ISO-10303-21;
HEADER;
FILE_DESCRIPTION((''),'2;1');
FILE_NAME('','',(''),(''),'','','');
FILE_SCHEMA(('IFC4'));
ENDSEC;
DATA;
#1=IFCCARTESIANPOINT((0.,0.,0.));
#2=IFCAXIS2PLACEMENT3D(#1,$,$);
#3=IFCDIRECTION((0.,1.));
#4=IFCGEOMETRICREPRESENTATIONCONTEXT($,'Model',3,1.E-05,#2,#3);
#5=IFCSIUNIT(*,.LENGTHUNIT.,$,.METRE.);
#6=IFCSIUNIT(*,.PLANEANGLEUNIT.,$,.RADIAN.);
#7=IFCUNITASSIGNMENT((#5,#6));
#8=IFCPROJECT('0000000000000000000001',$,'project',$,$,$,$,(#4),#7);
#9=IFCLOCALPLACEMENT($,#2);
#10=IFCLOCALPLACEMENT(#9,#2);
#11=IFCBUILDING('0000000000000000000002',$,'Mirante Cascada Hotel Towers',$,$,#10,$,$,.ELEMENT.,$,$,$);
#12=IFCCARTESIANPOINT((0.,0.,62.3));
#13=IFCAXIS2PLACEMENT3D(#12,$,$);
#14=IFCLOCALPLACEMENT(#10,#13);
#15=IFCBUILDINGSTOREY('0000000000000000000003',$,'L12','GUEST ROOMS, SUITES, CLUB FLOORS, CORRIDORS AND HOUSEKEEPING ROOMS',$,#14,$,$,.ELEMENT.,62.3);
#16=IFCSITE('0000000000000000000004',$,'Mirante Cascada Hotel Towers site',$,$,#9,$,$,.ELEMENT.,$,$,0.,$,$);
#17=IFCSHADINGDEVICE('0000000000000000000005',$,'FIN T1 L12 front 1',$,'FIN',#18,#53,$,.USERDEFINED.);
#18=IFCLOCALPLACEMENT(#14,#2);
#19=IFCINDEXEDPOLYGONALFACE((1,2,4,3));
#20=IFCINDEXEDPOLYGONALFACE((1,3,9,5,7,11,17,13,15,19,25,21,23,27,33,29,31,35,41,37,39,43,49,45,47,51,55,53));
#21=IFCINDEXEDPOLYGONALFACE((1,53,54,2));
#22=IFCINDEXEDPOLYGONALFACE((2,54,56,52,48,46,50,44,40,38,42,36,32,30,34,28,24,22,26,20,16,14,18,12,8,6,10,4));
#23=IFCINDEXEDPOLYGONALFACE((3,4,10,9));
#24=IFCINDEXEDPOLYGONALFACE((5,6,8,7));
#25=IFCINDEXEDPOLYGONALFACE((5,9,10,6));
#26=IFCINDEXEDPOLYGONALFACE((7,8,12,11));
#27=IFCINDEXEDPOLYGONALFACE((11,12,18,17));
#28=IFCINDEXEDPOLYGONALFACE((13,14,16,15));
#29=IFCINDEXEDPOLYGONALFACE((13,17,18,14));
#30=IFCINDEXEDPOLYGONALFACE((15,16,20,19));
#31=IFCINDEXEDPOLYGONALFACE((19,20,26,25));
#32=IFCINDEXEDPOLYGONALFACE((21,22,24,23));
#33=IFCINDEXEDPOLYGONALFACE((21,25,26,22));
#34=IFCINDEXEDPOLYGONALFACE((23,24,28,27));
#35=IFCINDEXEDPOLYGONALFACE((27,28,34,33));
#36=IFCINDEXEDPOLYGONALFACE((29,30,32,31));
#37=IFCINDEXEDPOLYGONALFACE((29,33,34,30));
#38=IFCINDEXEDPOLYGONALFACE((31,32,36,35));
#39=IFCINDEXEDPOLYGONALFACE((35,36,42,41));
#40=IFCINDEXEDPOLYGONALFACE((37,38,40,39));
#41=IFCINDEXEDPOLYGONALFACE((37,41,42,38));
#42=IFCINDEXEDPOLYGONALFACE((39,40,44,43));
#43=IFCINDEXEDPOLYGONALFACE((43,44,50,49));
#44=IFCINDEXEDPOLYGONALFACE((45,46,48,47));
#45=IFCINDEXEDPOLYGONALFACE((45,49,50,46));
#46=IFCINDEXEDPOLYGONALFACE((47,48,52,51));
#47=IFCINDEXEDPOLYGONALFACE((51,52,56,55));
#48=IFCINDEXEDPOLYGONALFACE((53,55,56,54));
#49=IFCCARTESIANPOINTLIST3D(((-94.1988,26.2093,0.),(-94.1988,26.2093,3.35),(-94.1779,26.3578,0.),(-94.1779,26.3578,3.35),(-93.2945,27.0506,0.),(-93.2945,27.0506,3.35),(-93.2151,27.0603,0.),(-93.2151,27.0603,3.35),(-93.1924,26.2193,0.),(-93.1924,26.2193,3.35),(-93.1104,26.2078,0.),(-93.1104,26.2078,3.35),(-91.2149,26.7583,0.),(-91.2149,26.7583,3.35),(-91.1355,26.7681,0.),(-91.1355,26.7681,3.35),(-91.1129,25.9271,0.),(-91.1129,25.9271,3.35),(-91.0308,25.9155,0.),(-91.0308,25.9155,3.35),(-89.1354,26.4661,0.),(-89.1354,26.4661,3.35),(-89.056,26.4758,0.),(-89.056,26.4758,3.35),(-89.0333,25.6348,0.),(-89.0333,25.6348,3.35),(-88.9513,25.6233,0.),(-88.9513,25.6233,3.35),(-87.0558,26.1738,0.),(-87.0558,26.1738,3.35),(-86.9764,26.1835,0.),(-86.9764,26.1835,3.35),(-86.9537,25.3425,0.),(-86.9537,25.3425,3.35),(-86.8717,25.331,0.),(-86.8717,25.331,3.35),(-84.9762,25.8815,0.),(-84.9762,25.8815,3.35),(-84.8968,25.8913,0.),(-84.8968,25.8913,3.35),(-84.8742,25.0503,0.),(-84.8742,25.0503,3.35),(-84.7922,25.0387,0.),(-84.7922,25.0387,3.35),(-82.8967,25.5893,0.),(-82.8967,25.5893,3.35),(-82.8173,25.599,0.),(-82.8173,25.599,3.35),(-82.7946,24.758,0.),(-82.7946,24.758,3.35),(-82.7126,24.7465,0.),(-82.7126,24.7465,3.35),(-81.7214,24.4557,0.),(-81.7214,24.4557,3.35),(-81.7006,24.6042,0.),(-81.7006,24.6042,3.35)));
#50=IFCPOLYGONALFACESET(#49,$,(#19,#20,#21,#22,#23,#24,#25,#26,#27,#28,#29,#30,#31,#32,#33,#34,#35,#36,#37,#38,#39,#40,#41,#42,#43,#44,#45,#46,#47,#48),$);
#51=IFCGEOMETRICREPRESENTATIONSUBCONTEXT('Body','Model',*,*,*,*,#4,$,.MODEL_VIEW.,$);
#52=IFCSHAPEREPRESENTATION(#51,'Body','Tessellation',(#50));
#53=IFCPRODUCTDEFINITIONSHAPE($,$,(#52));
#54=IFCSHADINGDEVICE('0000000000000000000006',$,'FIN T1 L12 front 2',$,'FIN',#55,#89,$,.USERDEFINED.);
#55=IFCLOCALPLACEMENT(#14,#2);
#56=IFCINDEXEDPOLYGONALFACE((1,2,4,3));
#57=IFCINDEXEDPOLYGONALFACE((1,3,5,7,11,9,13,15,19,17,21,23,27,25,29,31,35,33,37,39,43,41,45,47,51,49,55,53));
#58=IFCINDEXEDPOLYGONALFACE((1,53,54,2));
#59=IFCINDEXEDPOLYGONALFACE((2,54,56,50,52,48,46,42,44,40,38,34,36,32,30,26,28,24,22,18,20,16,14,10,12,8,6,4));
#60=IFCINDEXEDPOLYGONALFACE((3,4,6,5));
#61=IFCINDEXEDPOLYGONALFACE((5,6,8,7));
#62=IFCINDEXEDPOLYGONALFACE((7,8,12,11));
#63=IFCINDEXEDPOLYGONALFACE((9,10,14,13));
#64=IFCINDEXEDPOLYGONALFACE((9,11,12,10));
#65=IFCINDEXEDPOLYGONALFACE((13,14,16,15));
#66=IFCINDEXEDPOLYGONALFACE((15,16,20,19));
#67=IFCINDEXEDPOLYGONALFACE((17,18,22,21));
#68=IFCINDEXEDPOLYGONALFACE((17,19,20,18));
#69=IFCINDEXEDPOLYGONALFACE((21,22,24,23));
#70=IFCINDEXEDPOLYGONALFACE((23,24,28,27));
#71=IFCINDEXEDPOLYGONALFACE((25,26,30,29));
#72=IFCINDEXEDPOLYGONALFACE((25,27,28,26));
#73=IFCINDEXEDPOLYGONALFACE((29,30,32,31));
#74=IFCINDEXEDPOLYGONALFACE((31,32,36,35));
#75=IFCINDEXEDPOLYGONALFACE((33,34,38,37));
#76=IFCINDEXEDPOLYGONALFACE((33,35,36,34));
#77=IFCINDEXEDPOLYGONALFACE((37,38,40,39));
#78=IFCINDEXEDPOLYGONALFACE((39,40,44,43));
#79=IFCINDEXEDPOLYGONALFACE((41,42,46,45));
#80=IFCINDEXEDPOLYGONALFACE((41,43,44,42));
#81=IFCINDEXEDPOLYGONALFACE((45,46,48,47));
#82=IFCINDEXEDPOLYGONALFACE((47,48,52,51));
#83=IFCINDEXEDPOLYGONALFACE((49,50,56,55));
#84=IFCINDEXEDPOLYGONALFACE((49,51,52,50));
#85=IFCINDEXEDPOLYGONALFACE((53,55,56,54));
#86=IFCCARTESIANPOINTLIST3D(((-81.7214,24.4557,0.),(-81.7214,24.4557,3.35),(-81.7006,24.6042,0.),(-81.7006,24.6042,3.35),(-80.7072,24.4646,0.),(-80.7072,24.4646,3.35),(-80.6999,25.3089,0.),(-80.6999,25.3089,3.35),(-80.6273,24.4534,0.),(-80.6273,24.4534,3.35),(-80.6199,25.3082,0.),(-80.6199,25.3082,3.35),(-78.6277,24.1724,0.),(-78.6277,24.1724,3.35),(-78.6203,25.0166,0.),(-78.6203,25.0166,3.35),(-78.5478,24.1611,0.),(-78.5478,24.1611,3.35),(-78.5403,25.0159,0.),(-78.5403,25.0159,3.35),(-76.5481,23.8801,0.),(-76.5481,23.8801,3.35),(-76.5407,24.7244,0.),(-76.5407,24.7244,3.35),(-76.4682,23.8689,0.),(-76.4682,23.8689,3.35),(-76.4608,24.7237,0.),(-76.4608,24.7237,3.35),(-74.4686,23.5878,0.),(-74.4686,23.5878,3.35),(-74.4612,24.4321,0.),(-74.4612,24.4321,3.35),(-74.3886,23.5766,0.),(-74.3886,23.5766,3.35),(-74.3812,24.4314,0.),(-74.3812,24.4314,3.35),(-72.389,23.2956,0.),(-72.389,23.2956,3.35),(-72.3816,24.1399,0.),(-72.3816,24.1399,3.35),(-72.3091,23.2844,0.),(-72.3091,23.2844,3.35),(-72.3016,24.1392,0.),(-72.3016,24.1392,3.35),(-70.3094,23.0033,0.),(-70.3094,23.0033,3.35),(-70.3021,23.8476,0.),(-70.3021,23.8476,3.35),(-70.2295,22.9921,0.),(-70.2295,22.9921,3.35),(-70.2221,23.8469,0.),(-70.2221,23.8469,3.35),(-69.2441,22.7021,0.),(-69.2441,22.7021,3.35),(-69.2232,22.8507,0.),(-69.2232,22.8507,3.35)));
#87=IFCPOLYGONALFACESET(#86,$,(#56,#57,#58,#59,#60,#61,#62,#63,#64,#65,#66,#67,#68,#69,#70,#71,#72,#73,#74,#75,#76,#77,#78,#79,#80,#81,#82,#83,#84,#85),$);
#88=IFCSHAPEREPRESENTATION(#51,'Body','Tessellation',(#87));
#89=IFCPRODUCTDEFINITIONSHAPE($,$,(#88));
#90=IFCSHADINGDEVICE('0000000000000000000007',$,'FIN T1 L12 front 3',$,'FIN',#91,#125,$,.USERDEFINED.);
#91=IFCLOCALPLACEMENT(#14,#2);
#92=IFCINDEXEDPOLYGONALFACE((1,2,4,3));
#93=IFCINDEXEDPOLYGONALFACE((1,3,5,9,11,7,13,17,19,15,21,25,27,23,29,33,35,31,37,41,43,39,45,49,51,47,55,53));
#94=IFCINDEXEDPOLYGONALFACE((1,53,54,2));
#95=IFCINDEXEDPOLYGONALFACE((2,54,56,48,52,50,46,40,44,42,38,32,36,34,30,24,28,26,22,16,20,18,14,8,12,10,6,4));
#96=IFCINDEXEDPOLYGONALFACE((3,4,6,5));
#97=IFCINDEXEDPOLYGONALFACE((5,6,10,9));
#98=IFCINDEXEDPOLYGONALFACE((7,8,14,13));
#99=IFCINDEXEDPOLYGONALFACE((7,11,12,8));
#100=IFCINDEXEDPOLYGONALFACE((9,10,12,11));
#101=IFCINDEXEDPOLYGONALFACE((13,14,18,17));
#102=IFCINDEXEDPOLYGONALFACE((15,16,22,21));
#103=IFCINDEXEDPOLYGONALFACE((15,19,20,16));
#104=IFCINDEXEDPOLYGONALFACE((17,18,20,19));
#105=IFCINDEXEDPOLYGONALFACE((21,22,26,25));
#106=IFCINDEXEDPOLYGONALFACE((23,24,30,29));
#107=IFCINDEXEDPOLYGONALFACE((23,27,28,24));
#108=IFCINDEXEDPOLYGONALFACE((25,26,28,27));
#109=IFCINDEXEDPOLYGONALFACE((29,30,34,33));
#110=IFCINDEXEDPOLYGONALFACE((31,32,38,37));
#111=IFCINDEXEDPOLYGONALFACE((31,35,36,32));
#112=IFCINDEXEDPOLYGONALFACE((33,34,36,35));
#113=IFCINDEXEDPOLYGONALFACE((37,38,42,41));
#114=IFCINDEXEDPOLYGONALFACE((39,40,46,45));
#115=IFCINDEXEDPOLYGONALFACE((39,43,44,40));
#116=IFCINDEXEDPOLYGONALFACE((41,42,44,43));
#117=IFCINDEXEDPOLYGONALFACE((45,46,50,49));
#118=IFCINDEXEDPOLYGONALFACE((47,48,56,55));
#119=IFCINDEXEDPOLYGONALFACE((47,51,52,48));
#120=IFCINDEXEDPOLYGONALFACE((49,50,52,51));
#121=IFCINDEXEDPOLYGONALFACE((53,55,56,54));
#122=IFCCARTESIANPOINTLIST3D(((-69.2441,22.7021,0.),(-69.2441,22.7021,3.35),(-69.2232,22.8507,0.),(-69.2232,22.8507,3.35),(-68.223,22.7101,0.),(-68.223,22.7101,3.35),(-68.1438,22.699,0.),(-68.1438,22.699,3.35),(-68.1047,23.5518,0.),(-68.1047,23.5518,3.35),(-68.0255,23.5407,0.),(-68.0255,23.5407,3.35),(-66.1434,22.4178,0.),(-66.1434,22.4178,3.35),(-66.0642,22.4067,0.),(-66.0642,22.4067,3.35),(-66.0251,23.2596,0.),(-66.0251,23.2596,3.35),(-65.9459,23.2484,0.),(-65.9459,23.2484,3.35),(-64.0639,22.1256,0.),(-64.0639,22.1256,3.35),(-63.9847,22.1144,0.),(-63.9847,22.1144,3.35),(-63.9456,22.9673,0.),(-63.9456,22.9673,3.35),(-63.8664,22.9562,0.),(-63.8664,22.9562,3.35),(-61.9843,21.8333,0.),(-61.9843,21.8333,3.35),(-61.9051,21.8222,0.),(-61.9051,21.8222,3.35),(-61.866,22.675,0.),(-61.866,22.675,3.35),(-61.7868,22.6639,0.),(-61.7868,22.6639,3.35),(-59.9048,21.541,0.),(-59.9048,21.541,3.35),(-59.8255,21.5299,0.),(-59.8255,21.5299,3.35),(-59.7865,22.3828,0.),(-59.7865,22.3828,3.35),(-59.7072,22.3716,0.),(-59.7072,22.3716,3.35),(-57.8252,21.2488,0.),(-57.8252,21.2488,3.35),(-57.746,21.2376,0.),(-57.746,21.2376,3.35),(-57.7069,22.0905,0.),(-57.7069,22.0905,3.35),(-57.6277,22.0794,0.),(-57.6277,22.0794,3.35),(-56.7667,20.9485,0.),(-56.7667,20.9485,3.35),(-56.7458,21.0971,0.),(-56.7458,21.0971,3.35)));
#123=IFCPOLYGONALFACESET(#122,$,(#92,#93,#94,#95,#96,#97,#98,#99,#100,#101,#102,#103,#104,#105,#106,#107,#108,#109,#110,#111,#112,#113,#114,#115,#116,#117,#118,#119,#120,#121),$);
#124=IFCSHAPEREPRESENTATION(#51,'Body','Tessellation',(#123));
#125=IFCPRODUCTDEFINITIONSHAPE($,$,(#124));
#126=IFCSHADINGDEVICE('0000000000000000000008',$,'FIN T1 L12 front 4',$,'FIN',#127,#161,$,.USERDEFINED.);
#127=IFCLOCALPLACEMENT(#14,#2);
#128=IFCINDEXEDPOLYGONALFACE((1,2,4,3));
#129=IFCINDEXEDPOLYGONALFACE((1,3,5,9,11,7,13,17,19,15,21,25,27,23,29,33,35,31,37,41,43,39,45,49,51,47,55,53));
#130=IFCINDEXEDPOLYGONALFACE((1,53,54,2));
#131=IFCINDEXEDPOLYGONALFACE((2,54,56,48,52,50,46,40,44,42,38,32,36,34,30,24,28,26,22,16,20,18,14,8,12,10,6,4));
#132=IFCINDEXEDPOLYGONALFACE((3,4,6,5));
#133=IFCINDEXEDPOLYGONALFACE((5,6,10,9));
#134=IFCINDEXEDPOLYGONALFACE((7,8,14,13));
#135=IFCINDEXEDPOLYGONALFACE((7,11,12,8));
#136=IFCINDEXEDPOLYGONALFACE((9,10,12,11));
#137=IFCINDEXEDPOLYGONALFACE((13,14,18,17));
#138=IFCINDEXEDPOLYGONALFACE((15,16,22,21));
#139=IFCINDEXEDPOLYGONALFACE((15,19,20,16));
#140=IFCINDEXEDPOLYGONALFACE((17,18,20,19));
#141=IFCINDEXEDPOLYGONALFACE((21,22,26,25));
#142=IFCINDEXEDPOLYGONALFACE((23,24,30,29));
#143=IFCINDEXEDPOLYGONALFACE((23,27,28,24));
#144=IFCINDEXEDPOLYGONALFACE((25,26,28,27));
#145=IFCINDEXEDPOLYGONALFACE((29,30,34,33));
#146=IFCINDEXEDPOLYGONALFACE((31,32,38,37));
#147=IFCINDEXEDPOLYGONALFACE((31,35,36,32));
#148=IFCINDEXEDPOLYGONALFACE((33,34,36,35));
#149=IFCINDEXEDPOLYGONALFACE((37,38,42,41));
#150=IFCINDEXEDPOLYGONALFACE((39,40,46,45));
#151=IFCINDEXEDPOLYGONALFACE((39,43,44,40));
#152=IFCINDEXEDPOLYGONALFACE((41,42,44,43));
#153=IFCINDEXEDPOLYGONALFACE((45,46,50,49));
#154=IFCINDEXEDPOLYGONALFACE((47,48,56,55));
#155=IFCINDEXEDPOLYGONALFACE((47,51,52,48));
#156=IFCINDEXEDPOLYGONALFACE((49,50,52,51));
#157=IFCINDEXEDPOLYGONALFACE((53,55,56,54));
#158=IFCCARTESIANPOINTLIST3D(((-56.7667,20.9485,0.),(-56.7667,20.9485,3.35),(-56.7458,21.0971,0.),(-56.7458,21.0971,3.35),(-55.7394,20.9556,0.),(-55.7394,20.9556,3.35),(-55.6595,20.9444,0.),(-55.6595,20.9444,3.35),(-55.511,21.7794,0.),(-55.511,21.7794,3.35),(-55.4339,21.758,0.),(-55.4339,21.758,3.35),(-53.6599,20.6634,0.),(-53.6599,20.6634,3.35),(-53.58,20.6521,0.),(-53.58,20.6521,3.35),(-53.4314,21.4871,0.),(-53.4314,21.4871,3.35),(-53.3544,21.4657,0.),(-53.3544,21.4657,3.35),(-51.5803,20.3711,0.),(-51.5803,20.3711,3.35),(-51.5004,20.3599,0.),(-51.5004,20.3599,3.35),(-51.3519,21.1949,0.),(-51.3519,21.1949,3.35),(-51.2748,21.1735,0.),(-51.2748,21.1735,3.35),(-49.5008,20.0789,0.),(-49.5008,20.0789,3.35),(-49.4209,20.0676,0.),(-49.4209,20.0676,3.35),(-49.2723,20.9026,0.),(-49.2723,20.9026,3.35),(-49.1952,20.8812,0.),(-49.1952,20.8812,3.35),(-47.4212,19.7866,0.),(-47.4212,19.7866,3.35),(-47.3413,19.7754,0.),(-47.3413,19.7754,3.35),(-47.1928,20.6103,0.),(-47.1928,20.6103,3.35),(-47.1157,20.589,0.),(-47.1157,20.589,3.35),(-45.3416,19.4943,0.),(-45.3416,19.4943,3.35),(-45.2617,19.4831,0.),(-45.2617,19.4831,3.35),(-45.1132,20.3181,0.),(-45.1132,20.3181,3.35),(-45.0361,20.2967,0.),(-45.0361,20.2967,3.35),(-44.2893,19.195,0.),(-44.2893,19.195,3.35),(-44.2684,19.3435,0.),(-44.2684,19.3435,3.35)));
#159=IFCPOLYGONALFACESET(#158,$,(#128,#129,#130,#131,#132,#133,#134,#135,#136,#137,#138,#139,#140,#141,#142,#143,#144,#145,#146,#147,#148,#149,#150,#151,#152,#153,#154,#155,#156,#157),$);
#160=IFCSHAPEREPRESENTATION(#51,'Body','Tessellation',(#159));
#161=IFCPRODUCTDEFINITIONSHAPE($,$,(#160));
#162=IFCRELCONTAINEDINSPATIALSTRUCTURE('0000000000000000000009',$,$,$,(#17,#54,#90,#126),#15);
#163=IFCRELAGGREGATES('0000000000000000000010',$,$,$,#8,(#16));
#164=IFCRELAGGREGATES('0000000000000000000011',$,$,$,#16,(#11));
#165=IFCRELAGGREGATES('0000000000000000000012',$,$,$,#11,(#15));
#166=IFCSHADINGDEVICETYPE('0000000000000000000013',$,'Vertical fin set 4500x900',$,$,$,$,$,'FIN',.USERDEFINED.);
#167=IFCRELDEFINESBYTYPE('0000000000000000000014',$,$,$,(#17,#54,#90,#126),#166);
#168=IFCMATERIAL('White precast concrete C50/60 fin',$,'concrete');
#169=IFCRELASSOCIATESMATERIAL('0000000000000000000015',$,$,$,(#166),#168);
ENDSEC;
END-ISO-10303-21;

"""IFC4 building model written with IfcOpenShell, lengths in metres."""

from ifc_helpers import new_model, si_unit, direction, frame, origin, place, context, subcontext, project, spatial, polyline, outline, extrude, material, type_object, element, save


model = new_model("IFC4")

# Units and contexts
model_context = context("Model", 3, precision=1e-05, world=origin(), true_north=direction((0.0, 1.0)))
body_context = subcontext(model_context, "Body", "Model", "MODEL_VIEW")
ifc_project = project(units=[si_unit("LENGTHUNIT", "METRE"), si_unit("PLANEANGLEUNIT", "RADIAN")], contexts=[model_context])

# Site, building, storey
site_placement = place(None, origin())
site = spatial("IfcSite", under=ifc_project, at=site_placement, Name="Mirante Cascada Hotel Towers site", CompositionType="ELEMENT", RefElevation=0.0)
building_placement = place(site_placement, origin())
building = spatial("IfcBuilding", under=site, at=building_placement, Name="Mirante Cascada Hotel Towers", CompositionType="ELEMENT")
storey_placement = place(building_placement, frame((0.0, 0.0, 62.3)))
storey = spatial("IfcBuildingStorey", under=building, at=storey_placement, Name="L12", Description="GUEST ROOMS, SUITES, CLUB FLOORS, CORRIDORS AND HOUSEKEEPING ROOMS", CompositionType="ELEMENT", Elevation=62.3)

# Shading devices
ifc_material_1 = material(Name="White precast concrete C50/60 fin", Category="concrete")
shading_device_type = type_object("IfcShadingDeviceType", Name="Vertical fin set 4500x900", ElementType="FIN", PredefinedType="USERDEFINED", material=ifc_material_1)
shading_device_1_placement = place(storey_placement, origin())
element("IfcShadingDevice", 1, at=shading_device_1_placement, inside=storey, type_object=shading_device_type, Name="FIN T1 L12 front 1", ObjectType="FIN", PredefinedType="USERDEFINED", context=body_context, shape_type="SweptSolid", body=[
    extrude(outline(polyline([(-82.8173, 25.599), (-82.7126, 24.7465), (-81.7006, 24.6042), (-81.7214, 24.4557), (-94.1988, 26.2093), (-94.1779, 26.3578), (-93.1924, 26.2193), (-93.2945, 27.0506), (-93.2151, 27.0603), (-93.1104, 26.2078), (-91.1129, 25.9271), (-91.2149, 26.7583), (-91.1355, 26.7681), (-91.0308, 25.9155), (-89.0333, 25.6348), (-89.1354, 26.4661), (-89.056, 26.4758), (-88.9513, 25.6233), (-86.9537, 25.3425), (-87.0558, 26.1738), (-86.9764, 26.1835), (-86.8717, 25.331), (-84.8742, 25.0503), (-84.9762, 25.8815), (-84.8968, 25.8913), (-84.7922, 25.0387), (-82.7946, 24.758), (-82.8967, 25.5893), (-82.8173, 25.599)])), origin(), (0.0, 0.0, 1.0), 3.35),
])
shading_device_2_placement = place(storey_placement, origin())
element("IfcShadingDevice", 2, at=shading_device_2_placement, inside=storey, type_object=shading_device_type, Name="FIN T1 L12 front 2", ObjectType="FIN", PredefinedType="USERDEFINED", context=body_context, shape_type="SweptSolid", body=[
    extrude(outline(polyline([(-70.2221, 23.8469), (-70.2295, 22.9921), (-69.2232, 22.8507), (-69.2441, 22.7021), (-81.7214, 24.4557), (-81.7006, 24.6042), (-80.7072, 24.4646), (-80.6999, 25.3089), (-80.6199, 25.3082), (-80.6273, 24.4534), (-78.6277, 24.1724), (-78.6203, 25.0166), (-78.5403, 25.0159), (-78.5478, 24.1611), (-76.5481, 23.8801), (-76.5407, 24.7244), (-76.4608, 24.7237), (-76.4682, 23.8689), (-74.4686, 23.5878), (-74.4612, 24.4321), (-74.3812, 24.4314), (-74.3886, 23.5766), (-72.389, 23.2956), (-72.3816, 24.1399), (-72.3016, 24.1392), (-72.3091, 23.2844), (-70.3094, 23.0033), (-70.3021, 23.8476), (-70.2221, 23.8469)])), origin(), (0.0, 0.0, 1.0), 3.35),
])
shading_device_3_placement = place(storey_placement, origin())
element("IfcShadingDevice", 3, at=shading_device_3_placement, inside=storey, type_object=shading_device_type, Name="FIN T1 L12 front 3", ObjectType="FIN", PredefinedType="USERDEFINED", context=body_context, shape_type="SweptSolid", body=[
    extrude(outline(polyline([(-57.6277, 22.0794), (-57.746, 21.2376), (-56.7458, 21.0971), (-56.7667, 20.9485), (-69.2441, 22.7021), (-69.2232, 22.8507), (-68.223, 22.7101), (-68.1047, 23.5518), (-68.0255, 23.5407), (-68.1438, 22.699), (-66.1434, 22.4178), (-66.0251, 23.2596), (-65.9459, 23.2484), (-66.0642, 22.4067), (-64.0639, 22.1256), (-63.9456, 22.9673), (-63.8664, 22.9562), (-63.9847, 22.1144), (-61.9843, 21.8333), (-61.866, 22.675), (-61.7868, 22.6639), (-61.9051, 21.8222), (-59.9048, 21.541), (-59.7865, 22.3828), (-59.7072, 22.3716), (-59.8255, 21.5299), (-57.8252, 21.2488), (-57.7069, 22.0905), (-57.6277, 22.0794)])), origin(), (0.0, 0.0, 1.0), 3.35),
])
shading_device_4_placement = place(storey_placement, origin())
element("IfcShadingDevice", 4, at=shading_device_4_placement, inside=storey, type_object=shading_device_type, Name="FIN T1 L12 front 4", ObjectType="FIN", PredefinedType="USERDEFINED", context=body_context, shape_type="SweptSolid", body=[
    extrude(outline(polyline([(-45.0361, 20.2967), (-45.2617, 19.4831), (-44.2684, 19.3435), (-44.2893, 19.195), (-56.7667, 20.9485), (-56.7458, 21.0971), (-55.7394, 20.9556), (-55.511, 21.7794), (-55.4339, 21.758), (-55.6595, 20.9444), (-53.6599, 20.6634), (-53.4314, 21.4871), (-53.3544, 21.4657), (-53.58, 20.6521), (-51.5803, 20.3711), (-51.3519, 21.1949), (-51.2748, 21.1735), (-51.5004, 20.3599), (-49.5008, 20.0789), (-49.2723, 20.9026), (-49.1952, 20.8812), (-49.4209, 20.0676), (-47.4212, 19.7866), (-47.1928, 20.6103), (-47.1157, 20.589), (-47.3413, 19.7754), (-45.3416, 19.4943), (-45.1132, 20.3181), (-45.0361, 20.2967)])), origin(), (0.0, 0.0, 1.0), 3.35),
])

save(model, "model.ifc")
